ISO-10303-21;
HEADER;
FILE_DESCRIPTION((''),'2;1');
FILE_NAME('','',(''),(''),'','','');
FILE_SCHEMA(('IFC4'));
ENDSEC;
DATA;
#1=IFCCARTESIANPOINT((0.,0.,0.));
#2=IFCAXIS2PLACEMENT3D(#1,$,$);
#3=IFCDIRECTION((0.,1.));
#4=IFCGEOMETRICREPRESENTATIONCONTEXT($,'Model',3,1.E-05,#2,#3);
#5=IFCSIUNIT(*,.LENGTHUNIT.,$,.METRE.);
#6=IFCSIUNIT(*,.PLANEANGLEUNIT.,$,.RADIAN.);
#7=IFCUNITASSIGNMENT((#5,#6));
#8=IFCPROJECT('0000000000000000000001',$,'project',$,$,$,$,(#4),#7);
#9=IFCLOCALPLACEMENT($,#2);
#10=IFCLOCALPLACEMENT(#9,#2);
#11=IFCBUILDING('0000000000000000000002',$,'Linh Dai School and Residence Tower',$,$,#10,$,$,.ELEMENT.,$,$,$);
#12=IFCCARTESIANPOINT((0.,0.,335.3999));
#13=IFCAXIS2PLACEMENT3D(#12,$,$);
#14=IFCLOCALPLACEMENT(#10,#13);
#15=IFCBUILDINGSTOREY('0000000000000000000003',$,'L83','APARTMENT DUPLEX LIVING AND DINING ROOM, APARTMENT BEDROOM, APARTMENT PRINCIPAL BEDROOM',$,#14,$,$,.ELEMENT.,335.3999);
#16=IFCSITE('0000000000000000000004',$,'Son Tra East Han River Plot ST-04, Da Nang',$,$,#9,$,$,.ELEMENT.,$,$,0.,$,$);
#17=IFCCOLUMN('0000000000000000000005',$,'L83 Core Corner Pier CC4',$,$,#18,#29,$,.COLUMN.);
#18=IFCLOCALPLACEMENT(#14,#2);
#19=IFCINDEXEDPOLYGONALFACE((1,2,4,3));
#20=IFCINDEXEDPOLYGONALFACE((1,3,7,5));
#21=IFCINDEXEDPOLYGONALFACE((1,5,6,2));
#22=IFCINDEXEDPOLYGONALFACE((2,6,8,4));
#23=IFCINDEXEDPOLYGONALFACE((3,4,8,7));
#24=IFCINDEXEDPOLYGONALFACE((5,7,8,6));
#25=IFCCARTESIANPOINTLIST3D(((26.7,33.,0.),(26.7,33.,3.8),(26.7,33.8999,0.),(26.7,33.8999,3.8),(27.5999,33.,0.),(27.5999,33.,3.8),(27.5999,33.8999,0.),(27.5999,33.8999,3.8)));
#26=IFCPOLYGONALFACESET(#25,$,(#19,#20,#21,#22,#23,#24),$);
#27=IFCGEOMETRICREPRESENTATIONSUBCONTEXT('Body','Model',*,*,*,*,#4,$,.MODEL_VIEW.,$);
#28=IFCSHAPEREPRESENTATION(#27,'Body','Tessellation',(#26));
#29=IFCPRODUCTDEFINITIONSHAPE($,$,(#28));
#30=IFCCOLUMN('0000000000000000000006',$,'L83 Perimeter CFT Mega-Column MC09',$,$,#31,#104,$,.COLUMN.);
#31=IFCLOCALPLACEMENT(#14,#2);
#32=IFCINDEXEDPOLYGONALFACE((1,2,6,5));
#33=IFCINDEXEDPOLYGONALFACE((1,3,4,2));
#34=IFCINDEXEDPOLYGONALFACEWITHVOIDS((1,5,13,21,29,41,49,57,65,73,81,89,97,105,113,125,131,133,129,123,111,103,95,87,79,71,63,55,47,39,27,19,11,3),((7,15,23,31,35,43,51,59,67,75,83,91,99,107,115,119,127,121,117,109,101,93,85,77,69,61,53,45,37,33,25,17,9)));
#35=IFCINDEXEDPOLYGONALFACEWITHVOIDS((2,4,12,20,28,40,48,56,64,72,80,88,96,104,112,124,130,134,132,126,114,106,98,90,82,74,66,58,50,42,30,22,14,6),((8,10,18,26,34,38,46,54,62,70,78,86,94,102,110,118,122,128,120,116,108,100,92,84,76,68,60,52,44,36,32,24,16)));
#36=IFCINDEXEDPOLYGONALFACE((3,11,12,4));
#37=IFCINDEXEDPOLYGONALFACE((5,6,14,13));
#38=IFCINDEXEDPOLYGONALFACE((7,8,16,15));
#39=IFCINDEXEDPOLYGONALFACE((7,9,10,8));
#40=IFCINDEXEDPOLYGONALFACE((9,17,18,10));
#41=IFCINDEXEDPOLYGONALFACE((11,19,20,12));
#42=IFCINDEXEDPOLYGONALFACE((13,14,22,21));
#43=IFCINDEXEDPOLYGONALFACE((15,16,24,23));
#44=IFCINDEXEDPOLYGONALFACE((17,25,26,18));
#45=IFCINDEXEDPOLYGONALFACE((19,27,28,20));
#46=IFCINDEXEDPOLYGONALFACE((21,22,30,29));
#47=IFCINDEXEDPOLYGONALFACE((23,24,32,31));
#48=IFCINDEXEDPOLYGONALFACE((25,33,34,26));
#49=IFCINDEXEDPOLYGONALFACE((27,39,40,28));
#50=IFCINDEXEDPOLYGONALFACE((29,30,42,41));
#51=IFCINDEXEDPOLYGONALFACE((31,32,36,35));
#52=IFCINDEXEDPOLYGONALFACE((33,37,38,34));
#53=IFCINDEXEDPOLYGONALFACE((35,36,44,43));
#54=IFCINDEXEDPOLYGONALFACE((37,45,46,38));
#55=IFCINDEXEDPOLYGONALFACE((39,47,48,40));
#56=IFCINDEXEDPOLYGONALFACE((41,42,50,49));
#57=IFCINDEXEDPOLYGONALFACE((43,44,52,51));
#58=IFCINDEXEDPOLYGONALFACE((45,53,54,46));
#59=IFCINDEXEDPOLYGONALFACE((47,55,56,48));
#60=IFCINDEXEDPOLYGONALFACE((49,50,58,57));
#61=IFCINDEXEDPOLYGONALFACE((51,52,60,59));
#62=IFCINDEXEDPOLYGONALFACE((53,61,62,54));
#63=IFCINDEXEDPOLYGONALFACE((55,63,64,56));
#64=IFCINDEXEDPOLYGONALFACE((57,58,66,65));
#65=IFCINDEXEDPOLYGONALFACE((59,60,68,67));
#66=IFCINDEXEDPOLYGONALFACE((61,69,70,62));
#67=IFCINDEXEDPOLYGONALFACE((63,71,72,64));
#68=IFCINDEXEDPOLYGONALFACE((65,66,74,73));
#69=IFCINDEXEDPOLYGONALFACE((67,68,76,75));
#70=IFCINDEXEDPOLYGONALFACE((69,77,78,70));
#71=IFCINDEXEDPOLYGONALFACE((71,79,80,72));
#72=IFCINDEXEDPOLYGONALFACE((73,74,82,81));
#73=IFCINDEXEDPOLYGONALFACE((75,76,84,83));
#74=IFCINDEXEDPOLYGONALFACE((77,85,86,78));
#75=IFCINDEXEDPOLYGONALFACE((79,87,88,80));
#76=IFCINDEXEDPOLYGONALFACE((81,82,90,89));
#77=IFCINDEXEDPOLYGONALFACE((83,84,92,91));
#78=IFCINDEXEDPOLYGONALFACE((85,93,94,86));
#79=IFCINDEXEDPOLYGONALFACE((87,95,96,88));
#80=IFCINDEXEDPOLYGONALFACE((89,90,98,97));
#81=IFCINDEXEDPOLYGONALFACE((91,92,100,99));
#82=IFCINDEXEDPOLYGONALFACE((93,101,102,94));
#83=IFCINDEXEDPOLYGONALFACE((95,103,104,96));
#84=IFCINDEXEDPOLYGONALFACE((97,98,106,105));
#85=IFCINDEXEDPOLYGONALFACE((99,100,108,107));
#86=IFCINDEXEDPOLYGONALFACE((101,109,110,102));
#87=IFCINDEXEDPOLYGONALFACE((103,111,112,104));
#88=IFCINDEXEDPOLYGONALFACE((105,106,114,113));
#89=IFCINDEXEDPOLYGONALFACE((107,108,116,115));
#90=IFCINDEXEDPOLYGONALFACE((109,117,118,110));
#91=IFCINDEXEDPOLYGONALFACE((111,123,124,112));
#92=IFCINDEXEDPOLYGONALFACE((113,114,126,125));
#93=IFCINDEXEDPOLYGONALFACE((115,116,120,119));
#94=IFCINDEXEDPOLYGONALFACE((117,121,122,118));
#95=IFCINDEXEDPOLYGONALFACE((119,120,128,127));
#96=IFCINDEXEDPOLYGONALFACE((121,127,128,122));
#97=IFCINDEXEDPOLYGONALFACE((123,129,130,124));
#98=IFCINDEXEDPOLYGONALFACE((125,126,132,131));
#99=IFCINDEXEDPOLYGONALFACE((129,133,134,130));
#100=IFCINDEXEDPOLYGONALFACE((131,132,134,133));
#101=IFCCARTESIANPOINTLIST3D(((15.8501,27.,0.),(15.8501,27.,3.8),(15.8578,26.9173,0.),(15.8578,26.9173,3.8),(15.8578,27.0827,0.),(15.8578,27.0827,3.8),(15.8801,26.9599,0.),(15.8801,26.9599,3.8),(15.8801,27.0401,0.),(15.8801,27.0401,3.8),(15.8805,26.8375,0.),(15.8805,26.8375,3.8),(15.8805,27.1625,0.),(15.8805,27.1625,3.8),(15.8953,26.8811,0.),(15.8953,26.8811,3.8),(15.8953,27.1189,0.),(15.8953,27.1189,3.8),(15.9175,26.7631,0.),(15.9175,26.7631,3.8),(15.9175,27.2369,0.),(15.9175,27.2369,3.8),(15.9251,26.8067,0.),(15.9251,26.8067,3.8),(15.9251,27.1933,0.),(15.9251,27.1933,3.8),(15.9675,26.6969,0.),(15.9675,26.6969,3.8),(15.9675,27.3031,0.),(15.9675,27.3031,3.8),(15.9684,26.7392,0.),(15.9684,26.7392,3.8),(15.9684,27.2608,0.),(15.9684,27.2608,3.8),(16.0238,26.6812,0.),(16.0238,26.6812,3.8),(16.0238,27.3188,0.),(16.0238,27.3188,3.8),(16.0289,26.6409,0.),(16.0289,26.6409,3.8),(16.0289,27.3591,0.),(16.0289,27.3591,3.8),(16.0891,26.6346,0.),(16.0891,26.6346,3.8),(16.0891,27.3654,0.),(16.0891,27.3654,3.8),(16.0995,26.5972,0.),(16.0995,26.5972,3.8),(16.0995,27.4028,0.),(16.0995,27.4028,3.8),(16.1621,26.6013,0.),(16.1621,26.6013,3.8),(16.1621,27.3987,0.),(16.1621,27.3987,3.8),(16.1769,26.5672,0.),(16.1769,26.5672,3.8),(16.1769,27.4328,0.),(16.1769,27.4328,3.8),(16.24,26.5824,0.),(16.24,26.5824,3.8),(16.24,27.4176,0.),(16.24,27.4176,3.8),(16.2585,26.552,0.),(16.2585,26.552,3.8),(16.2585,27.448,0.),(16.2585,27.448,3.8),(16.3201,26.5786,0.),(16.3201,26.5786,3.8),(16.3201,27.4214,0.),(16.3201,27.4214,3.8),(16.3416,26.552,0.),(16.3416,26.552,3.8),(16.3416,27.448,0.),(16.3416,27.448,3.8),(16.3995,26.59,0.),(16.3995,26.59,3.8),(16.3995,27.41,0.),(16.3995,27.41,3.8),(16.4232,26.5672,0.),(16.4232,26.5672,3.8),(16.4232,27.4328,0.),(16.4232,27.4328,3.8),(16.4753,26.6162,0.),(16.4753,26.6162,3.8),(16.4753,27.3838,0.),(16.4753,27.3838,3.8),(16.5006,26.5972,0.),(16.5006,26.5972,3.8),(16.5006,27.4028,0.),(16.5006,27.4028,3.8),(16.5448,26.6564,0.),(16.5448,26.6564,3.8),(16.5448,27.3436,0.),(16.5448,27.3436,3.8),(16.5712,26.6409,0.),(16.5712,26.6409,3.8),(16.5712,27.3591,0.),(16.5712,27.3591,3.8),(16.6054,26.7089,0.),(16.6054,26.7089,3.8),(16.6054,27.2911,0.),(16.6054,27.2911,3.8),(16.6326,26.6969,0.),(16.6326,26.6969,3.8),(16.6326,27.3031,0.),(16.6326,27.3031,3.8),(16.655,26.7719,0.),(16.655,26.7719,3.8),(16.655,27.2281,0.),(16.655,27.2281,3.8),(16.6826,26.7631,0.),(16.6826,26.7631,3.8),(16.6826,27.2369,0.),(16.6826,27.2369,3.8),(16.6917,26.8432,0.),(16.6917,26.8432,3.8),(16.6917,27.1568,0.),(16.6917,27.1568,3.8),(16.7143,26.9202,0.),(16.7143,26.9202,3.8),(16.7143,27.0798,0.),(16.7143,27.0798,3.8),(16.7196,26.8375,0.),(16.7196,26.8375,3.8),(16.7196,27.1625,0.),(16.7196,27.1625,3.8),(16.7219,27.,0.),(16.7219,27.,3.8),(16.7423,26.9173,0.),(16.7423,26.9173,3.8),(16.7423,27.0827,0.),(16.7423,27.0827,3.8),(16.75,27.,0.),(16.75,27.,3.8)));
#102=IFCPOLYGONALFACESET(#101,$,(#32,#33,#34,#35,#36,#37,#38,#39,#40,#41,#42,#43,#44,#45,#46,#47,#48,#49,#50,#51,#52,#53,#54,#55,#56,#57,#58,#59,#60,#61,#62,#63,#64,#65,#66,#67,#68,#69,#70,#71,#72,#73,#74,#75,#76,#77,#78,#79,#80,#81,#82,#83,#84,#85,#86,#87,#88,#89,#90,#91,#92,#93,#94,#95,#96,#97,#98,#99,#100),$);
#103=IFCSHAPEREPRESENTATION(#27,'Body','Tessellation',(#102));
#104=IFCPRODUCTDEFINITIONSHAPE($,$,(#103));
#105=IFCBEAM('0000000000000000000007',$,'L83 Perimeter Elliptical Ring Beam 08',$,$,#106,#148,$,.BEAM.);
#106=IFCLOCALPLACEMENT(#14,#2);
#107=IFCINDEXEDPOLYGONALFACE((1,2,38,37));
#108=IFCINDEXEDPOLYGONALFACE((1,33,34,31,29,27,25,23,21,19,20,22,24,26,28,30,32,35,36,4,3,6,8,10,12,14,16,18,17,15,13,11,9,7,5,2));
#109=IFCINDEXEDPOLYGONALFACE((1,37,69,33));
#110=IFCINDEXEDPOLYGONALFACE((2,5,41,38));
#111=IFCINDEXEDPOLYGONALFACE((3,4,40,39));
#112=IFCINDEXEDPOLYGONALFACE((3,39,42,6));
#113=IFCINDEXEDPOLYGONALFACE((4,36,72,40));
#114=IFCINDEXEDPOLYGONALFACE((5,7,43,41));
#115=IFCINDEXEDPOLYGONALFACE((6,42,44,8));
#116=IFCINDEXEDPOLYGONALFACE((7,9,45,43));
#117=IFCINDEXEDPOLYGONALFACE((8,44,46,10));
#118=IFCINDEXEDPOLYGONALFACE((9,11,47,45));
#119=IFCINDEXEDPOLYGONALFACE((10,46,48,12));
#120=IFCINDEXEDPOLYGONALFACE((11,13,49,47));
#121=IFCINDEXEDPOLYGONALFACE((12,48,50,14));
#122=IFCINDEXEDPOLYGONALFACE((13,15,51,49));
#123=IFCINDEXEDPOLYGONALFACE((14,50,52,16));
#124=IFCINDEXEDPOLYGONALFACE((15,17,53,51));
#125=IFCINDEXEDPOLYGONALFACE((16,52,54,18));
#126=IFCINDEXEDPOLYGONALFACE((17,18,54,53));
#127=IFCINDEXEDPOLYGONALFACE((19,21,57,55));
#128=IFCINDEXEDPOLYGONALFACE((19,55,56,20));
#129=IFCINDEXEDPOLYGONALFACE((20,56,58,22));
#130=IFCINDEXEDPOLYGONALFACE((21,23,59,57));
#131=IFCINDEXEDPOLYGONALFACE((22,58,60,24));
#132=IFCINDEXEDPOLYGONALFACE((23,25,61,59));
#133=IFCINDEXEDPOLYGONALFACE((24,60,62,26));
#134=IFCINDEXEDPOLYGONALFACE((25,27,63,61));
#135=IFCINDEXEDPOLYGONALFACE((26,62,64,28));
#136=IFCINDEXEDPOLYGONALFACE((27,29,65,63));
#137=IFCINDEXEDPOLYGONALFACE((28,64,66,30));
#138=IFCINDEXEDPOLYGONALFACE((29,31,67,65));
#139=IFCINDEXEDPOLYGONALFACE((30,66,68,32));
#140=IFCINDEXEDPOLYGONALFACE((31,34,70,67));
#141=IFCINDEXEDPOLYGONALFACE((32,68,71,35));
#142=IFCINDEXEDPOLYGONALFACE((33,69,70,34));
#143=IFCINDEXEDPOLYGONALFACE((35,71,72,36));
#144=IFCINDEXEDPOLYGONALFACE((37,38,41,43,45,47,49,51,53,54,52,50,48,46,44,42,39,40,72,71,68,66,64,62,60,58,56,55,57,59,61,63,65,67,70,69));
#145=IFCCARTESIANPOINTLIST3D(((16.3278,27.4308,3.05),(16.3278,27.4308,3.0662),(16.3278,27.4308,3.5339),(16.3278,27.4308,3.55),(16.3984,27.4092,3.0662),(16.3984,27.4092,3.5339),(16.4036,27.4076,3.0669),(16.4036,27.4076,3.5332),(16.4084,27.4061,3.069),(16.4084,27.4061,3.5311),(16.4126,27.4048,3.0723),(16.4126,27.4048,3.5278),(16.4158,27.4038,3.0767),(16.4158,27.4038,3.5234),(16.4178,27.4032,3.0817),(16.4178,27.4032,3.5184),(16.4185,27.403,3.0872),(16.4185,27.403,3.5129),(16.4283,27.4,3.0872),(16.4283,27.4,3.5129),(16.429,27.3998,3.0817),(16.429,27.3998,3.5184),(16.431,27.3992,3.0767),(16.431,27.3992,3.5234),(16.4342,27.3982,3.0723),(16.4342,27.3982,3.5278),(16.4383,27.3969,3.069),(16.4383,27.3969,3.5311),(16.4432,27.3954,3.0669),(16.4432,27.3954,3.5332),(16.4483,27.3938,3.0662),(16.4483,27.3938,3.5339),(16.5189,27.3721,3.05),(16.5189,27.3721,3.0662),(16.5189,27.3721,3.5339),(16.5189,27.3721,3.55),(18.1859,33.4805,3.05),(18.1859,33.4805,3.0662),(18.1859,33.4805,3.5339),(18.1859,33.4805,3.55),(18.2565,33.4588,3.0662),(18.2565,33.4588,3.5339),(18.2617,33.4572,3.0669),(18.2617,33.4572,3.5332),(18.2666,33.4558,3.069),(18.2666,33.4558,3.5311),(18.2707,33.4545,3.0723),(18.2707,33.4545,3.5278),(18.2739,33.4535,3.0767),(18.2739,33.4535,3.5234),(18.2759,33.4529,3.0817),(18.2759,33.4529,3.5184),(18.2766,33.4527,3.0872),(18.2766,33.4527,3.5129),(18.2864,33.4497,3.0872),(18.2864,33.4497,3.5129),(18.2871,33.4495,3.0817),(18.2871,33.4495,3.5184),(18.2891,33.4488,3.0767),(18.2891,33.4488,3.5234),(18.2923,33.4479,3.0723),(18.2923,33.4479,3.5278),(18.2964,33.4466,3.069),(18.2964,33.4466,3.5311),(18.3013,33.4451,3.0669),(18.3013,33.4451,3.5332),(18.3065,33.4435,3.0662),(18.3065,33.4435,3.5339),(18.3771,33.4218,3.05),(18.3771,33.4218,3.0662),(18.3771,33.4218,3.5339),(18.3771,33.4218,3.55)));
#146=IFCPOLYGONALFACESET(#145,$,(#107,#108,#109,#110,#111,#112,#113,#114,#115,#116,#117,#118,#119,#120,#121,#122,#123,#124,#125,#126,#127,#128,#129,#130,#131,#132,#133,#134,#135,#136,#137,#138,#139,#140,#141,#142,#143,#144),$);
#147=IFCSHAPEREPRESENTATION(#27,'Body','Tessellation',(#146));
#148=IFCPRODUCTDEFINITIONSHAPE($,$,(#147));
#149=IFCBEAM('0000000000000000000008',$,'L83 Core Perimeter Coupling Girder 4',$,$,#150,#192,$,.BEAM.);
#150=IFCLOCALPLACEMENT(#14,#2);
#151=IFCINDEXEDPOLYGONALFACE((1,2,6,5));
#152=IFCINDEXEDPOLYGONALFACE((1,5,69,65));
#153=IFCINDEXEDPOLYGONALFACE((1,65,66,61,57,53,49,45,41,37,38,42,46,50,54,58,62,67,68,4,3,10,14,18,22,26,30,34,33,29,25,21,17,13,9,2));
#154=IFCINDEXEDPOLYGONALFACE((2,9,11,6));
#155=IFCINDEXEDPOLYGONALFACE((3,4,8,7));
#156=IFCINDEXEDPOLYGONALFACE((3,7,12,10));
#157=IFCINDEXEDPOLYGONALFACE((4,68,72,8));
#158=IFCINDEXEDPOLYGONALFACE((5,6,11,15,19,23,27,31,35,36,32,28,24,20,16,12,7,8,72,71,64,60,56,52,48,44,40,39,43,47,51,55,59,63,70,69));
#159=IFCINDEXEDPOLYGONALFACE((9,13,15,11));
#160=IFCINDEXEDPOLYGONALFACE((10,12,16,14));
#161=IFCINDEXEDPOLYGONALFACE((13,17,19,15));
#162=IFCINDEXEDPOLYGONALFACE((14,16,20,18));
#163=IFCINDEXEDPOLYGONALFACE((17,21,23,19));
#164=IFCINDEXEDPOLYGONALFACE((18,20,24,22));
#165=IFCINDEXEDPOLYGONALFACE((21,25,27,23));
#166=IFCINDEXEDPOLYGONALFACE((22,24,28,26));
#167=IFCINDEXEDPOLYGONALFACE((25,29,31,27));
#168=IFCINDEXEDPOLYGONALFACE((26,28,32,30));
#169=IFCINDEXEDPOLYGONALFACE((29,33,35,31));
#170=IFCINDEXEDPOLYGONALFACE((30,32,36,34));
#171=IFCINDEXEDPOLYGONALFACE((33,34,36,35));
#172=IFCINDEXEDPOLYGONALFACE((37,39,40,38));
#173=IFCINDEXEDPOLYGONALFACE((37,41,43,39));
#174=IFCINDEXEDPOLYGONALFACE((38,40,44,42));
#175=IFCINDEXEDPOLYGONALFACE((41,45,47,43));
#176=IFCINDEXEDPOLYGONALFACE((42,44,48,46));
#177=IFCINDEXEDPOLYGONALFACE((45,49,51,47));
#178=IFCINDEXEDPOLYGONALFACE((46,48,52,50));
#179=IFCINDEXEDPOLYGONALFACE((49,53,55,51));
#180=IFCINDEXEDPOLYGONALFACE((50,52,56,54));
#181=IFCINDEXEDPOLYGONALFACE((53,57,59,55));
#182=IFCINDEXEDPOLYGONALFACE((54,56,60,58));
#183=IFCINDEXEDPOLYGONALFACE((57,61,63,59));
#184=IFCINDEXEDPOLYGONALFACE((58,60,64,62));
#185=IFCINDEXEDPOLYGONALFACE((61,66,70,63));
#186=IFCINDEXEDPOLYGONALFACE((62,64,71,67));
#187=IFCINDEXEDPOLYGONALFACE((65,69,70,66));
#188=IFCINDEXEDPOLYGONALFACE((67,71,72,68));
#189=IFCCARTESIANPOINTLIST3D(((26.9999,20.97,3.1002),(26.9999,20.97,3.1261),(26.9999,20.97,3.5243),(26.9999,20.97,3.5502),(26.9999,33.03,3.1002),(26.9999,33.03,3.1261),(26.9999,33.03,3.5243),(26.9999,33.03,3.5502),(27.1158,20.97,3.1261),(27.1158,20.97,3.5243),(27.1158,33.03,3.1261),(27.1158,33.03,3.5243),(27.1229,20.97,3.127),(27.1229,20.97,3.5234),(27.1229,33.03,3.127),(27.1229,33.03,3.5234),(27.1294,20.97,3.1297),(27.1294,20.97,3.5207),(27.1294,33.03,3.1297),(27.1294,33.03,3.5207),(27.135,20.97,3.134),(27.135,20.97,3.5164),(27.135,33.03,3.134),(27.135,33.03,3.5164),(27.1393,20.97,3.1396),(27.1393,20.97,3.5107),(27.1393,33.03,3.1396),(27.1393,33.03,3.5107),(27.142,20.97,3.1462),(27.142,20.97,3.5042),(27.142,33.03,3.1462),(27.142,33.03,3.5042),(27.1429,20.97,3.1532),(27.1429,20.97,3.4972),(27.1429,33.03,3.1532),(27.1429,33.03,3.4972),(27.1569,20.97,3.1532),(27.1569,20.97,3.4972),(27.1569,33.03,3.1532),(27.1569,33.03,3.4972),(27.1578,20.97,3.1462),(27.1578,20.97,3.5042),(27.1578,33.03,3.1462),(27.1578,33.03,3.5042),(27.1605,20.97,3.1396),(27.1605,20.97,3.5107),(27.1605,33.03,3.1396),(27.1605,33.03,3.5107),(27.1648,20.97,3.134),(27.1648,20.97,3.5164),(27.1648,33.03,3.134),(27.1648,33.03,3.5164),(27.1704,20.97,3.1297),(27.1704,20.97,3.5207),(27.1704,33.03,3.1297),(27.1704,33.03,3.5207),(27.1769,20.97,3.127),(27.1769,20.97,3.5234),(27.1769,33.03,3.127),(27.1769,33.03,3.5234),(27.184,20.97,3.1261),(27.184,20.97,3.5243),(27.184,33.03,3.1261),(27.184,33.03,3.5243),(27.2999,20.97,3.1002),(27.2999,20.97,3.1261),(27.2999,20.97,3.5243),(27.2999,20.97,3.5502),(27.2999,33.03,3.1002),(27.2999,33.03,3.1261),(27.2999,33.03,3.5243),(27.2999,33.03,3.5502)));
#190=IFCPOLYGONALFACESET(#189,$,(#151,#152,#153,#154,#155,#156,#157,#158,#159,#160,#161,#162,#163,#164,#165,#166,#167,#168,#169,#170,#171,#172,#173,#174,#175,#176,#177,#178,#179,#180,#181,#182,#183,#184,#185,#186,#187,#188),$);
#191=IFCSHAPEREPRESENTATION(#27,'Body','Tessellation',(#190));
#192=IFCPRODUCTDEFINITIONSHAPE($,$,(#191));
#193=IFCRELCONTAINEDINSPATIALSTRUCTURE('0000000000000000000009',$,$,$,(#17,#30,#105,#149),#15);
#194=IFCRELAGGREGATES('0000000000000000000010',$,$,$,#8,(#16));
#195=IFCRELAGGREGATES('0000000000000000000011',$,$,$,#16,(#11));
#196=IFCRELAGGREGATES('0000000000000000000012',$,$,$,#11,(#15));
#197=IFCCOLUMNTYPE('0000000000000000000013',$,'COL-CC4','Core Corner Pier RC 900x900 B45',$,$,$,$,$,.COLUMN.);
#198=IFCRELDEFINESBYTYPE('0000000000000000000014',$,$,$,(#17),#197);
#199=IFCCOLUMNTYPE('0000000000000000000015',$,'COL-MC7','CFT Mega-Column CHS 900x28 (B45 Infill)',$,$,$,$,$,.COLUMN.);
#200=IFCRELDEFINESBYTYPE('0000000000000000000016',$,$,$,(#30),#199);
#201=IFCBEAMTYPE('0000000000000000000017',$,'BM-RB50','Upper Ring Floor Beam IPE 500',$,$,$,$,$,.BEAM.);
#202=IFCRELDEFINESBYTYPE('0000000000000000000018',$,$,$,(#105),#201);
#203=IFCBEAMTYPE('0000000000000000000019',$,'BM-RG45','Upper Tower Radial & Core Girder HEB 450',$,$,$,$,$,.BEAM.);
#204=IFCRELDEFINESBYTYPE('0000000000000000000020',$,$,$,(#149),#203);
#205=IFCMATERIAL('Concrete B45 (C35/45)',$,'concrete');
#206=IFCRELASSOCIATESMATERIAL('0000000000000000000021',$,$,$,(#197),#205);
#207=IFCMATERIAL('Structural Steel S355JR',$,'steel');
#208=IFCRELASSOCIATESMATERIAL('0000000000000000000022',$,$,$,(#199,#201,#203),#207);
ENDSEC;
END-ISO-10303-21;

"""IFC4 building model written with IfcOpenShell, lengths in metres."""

from ifc_helpers import new_model, si_unit, direction, frame, origin, origin_2d, place, context, subcontext, project, spatial, rectangle, hollow_circle, i_section, extrude, material, material_profile, profile_set, type_object, element, save


model = new_model("IFC4")

# Units and contexts
model_context = context("Model", 3, precision=1e-05, world=origin(), true_north=direction((0.0, 1.0)))
body_context = subcontext(model_context, "Body", "Model", "MODEL_VIEW")
ifc_project = project(units=[si_unit("LENGTHUNIT", "METRE"), si_unit("PLANEANGLEUNIT", "RADIAN")], contexts=[model_context])

# Site, building, storey
site_placement = place(None, origin())
site = spatial("IfcSite", under=ifc_project, at=site_placement, Name="Son Tra East Han River Plot ST-04, Da Nang", CompositionType="ELEMENT", RefElevation=0.0)
building_placement = place(site_placement, origin())
building = spatial("IfcBuilding", under=site, at=building_placement, Name="Linh Dai School and Residence Tower", CompositionType="ELEMENT")
storey_placement = place(building_placement, frame((0.0, 0.0, 335.3999)))
storey = spatial("IfcBuildingStorey", under=building, at=storey_placement, Name="L83", Description="APARTMENT DUPLEX LIVING AND DINING ROOM, APARTMENT BEDROOM, APARTMENT PRINCIPAL BEDROOM", CompositionType="ELEMENT", Elevation=335.3999)

# Columns
ifc_material_1 = material(Name="Concrete B45 (C35/45)", Category="concrete")
ifc_material_profile_1 = material_profile(ifc_material_1, rectangle(XDim=0.8999, YDim=0.8999, at=origin_2d()), Name="RC 900x900")
ifc_profile_set_1 = profile_set([ifc_material_profile_1], Name="Concrete B45 (C35/45)")
column_type_1 = type_object("IfcColumnType", Name="COL-CC4", Description="Core Corner Pier RC 900x900 B45", PredefinedType="COLUMN", material=ifc_profile_set_1)
column_1_placement = place(storey_placement, frame((27.1499, 33.45, 0.0), z_axis=(0.0, 0.0, 1.0), x_axis=(1.0, 0.0, 0.0)))
element("IfcColumn", 1, at=column_1_placement, inside=storey, type_object=column_type_1, Name="L83 Core Corner Pier CC4", PredefinedType="COLUMN", context=body_context, shape_type="SweptSolid", body=[
    extrude(rectangle(XDim=0.8999, YDim=0.8999, at=origin_2d()), origin(), (0.0, 0.0, 1.0), 3.8),
])
ifc_material_2 = material(Name="Structural Steel S355JR", Category="steel")
ifc_material_profile_2 = material_profile(ifc_material_2, hollow_circle(Radius=0.45, WallThickness=0.0281, at=origin_2d()), Name="CHS 900x28")
ifc_profile_set_2 = profile_set([ifc_material_profile_2], Name="Structural Steel S355JR")
column_type_2 = type_object("IfcColumnType", Name="COL-MC7", Description="CFT Mega-Column CHS 900x28 (B45 Infill)", PredefinedType="COLUMN", material=ifc_profile_set_2)
column_2_placement = place(storey_placement, frame((16.3, 27.0, 0.0), z_axis=(0.0, 0.0, 1.0), x_axis=(1.0, 0.0, 0.0)))
element("IfcColumn", 2, at=column_2_placement, inside=storey, type_object=column_type_2, Name="L83 Perimeter CFT Mega-Column MC09", PredefinedType="COLUMN", context=body_context, shape_type="SweptSolid", body=[
    extrude(hollow_circle(Radius=0.45, WallThickness=0.0281, at=origin_2d()), origin(), (0.0, 0.0, 1.0), 3.8),
])

# Beams
ifc_material_profile_3 = material_profile(ifc_material_2, i_section(OverallWidth=0.2, OverallDepth=0.5, WebThickness=0.0103, FlangeThickness=0.0161, FilletRadius=0.021, at=origin_2d()), Name="IPE 500")
ifc_profile_set_3 = profile_set([ifc_material_profile_3], Name="Structural Steel S355JR")
beam_type_1 = type_object("IfcBeamType", Name="BM-RB50", Description="Upper Ring Floor Beam IPE 500", PredefinedType="BEAM", material=ifc_profile_set_3)
beam_1_placement = place(storey_placement, frame((18.2815, 33.4512, 3.3), z_axis=(-0.293606, -0.955927, 0.0), x_axis=(0.955927, -0.293606, 0.0)))
element("IfcBeam", 3, at=beam_1_placement, inside=storey, type_object=beam_type_1, Name="L83 Perimeter Elliptical Ring Beam 08", PredefinedType="BEAM", context=body_context, shape_type="SweptSolid", body=[
    extrude(i_section(OverallWidth=0.2, OverallDepth=0.5, WebThickness=0.0103, FlangeThickness=0.0161, FilletRadius=0.021, at=origin_2d()), origin(), (0.0, 0.0, 1.0), 6.3286),
])
ifc_material_profile_4 = material_profile(ifc_material_2, i_section(OverallWidth=0.3, OverallDepth=0.45, WebThickness=0.0139, FlangeThickness=0.0259, FilletRadius=0.0271, at=origin_2d()), Name="HEB 450")
ifc_profile_set_4 = profile_set([ifc_material_profile_4], Name="Structural Steel S355JR")
beam_type_2 = type_object("IfcBeamType", Name="BM-RG45", Description="Upper Tower Radial & Core Girder HEB 450", PredefinedType="BEAM", material=ifc_profile_set_4)
beam_2_placement = place(storey_placement, frame((27.1499, 33.03, 3.3252), z_axis=(0.0, -1.0, 0.0), x_axis=(1.0, 0.0, 0.0)))
element("IfcBeam", 4, at=beam_2_placement, inside=storey, type_object=beam_type_2, Name="L83 Core Perimeter Coupling Girder 4", PredefinedType="BEAM", context=body_context, shape_type="SweptSolid", body=[
    extrude(i_section(OverallWidth=0.3, OverallDepth=0.45, WebThickness=0.0139, FlangeThickness=0.0259, FilletRadius=0.0271, at=origin_2d()), origin(), (0.0, 0.0, 1.0), 12.0601),
])

save(model, "model.ifc")
